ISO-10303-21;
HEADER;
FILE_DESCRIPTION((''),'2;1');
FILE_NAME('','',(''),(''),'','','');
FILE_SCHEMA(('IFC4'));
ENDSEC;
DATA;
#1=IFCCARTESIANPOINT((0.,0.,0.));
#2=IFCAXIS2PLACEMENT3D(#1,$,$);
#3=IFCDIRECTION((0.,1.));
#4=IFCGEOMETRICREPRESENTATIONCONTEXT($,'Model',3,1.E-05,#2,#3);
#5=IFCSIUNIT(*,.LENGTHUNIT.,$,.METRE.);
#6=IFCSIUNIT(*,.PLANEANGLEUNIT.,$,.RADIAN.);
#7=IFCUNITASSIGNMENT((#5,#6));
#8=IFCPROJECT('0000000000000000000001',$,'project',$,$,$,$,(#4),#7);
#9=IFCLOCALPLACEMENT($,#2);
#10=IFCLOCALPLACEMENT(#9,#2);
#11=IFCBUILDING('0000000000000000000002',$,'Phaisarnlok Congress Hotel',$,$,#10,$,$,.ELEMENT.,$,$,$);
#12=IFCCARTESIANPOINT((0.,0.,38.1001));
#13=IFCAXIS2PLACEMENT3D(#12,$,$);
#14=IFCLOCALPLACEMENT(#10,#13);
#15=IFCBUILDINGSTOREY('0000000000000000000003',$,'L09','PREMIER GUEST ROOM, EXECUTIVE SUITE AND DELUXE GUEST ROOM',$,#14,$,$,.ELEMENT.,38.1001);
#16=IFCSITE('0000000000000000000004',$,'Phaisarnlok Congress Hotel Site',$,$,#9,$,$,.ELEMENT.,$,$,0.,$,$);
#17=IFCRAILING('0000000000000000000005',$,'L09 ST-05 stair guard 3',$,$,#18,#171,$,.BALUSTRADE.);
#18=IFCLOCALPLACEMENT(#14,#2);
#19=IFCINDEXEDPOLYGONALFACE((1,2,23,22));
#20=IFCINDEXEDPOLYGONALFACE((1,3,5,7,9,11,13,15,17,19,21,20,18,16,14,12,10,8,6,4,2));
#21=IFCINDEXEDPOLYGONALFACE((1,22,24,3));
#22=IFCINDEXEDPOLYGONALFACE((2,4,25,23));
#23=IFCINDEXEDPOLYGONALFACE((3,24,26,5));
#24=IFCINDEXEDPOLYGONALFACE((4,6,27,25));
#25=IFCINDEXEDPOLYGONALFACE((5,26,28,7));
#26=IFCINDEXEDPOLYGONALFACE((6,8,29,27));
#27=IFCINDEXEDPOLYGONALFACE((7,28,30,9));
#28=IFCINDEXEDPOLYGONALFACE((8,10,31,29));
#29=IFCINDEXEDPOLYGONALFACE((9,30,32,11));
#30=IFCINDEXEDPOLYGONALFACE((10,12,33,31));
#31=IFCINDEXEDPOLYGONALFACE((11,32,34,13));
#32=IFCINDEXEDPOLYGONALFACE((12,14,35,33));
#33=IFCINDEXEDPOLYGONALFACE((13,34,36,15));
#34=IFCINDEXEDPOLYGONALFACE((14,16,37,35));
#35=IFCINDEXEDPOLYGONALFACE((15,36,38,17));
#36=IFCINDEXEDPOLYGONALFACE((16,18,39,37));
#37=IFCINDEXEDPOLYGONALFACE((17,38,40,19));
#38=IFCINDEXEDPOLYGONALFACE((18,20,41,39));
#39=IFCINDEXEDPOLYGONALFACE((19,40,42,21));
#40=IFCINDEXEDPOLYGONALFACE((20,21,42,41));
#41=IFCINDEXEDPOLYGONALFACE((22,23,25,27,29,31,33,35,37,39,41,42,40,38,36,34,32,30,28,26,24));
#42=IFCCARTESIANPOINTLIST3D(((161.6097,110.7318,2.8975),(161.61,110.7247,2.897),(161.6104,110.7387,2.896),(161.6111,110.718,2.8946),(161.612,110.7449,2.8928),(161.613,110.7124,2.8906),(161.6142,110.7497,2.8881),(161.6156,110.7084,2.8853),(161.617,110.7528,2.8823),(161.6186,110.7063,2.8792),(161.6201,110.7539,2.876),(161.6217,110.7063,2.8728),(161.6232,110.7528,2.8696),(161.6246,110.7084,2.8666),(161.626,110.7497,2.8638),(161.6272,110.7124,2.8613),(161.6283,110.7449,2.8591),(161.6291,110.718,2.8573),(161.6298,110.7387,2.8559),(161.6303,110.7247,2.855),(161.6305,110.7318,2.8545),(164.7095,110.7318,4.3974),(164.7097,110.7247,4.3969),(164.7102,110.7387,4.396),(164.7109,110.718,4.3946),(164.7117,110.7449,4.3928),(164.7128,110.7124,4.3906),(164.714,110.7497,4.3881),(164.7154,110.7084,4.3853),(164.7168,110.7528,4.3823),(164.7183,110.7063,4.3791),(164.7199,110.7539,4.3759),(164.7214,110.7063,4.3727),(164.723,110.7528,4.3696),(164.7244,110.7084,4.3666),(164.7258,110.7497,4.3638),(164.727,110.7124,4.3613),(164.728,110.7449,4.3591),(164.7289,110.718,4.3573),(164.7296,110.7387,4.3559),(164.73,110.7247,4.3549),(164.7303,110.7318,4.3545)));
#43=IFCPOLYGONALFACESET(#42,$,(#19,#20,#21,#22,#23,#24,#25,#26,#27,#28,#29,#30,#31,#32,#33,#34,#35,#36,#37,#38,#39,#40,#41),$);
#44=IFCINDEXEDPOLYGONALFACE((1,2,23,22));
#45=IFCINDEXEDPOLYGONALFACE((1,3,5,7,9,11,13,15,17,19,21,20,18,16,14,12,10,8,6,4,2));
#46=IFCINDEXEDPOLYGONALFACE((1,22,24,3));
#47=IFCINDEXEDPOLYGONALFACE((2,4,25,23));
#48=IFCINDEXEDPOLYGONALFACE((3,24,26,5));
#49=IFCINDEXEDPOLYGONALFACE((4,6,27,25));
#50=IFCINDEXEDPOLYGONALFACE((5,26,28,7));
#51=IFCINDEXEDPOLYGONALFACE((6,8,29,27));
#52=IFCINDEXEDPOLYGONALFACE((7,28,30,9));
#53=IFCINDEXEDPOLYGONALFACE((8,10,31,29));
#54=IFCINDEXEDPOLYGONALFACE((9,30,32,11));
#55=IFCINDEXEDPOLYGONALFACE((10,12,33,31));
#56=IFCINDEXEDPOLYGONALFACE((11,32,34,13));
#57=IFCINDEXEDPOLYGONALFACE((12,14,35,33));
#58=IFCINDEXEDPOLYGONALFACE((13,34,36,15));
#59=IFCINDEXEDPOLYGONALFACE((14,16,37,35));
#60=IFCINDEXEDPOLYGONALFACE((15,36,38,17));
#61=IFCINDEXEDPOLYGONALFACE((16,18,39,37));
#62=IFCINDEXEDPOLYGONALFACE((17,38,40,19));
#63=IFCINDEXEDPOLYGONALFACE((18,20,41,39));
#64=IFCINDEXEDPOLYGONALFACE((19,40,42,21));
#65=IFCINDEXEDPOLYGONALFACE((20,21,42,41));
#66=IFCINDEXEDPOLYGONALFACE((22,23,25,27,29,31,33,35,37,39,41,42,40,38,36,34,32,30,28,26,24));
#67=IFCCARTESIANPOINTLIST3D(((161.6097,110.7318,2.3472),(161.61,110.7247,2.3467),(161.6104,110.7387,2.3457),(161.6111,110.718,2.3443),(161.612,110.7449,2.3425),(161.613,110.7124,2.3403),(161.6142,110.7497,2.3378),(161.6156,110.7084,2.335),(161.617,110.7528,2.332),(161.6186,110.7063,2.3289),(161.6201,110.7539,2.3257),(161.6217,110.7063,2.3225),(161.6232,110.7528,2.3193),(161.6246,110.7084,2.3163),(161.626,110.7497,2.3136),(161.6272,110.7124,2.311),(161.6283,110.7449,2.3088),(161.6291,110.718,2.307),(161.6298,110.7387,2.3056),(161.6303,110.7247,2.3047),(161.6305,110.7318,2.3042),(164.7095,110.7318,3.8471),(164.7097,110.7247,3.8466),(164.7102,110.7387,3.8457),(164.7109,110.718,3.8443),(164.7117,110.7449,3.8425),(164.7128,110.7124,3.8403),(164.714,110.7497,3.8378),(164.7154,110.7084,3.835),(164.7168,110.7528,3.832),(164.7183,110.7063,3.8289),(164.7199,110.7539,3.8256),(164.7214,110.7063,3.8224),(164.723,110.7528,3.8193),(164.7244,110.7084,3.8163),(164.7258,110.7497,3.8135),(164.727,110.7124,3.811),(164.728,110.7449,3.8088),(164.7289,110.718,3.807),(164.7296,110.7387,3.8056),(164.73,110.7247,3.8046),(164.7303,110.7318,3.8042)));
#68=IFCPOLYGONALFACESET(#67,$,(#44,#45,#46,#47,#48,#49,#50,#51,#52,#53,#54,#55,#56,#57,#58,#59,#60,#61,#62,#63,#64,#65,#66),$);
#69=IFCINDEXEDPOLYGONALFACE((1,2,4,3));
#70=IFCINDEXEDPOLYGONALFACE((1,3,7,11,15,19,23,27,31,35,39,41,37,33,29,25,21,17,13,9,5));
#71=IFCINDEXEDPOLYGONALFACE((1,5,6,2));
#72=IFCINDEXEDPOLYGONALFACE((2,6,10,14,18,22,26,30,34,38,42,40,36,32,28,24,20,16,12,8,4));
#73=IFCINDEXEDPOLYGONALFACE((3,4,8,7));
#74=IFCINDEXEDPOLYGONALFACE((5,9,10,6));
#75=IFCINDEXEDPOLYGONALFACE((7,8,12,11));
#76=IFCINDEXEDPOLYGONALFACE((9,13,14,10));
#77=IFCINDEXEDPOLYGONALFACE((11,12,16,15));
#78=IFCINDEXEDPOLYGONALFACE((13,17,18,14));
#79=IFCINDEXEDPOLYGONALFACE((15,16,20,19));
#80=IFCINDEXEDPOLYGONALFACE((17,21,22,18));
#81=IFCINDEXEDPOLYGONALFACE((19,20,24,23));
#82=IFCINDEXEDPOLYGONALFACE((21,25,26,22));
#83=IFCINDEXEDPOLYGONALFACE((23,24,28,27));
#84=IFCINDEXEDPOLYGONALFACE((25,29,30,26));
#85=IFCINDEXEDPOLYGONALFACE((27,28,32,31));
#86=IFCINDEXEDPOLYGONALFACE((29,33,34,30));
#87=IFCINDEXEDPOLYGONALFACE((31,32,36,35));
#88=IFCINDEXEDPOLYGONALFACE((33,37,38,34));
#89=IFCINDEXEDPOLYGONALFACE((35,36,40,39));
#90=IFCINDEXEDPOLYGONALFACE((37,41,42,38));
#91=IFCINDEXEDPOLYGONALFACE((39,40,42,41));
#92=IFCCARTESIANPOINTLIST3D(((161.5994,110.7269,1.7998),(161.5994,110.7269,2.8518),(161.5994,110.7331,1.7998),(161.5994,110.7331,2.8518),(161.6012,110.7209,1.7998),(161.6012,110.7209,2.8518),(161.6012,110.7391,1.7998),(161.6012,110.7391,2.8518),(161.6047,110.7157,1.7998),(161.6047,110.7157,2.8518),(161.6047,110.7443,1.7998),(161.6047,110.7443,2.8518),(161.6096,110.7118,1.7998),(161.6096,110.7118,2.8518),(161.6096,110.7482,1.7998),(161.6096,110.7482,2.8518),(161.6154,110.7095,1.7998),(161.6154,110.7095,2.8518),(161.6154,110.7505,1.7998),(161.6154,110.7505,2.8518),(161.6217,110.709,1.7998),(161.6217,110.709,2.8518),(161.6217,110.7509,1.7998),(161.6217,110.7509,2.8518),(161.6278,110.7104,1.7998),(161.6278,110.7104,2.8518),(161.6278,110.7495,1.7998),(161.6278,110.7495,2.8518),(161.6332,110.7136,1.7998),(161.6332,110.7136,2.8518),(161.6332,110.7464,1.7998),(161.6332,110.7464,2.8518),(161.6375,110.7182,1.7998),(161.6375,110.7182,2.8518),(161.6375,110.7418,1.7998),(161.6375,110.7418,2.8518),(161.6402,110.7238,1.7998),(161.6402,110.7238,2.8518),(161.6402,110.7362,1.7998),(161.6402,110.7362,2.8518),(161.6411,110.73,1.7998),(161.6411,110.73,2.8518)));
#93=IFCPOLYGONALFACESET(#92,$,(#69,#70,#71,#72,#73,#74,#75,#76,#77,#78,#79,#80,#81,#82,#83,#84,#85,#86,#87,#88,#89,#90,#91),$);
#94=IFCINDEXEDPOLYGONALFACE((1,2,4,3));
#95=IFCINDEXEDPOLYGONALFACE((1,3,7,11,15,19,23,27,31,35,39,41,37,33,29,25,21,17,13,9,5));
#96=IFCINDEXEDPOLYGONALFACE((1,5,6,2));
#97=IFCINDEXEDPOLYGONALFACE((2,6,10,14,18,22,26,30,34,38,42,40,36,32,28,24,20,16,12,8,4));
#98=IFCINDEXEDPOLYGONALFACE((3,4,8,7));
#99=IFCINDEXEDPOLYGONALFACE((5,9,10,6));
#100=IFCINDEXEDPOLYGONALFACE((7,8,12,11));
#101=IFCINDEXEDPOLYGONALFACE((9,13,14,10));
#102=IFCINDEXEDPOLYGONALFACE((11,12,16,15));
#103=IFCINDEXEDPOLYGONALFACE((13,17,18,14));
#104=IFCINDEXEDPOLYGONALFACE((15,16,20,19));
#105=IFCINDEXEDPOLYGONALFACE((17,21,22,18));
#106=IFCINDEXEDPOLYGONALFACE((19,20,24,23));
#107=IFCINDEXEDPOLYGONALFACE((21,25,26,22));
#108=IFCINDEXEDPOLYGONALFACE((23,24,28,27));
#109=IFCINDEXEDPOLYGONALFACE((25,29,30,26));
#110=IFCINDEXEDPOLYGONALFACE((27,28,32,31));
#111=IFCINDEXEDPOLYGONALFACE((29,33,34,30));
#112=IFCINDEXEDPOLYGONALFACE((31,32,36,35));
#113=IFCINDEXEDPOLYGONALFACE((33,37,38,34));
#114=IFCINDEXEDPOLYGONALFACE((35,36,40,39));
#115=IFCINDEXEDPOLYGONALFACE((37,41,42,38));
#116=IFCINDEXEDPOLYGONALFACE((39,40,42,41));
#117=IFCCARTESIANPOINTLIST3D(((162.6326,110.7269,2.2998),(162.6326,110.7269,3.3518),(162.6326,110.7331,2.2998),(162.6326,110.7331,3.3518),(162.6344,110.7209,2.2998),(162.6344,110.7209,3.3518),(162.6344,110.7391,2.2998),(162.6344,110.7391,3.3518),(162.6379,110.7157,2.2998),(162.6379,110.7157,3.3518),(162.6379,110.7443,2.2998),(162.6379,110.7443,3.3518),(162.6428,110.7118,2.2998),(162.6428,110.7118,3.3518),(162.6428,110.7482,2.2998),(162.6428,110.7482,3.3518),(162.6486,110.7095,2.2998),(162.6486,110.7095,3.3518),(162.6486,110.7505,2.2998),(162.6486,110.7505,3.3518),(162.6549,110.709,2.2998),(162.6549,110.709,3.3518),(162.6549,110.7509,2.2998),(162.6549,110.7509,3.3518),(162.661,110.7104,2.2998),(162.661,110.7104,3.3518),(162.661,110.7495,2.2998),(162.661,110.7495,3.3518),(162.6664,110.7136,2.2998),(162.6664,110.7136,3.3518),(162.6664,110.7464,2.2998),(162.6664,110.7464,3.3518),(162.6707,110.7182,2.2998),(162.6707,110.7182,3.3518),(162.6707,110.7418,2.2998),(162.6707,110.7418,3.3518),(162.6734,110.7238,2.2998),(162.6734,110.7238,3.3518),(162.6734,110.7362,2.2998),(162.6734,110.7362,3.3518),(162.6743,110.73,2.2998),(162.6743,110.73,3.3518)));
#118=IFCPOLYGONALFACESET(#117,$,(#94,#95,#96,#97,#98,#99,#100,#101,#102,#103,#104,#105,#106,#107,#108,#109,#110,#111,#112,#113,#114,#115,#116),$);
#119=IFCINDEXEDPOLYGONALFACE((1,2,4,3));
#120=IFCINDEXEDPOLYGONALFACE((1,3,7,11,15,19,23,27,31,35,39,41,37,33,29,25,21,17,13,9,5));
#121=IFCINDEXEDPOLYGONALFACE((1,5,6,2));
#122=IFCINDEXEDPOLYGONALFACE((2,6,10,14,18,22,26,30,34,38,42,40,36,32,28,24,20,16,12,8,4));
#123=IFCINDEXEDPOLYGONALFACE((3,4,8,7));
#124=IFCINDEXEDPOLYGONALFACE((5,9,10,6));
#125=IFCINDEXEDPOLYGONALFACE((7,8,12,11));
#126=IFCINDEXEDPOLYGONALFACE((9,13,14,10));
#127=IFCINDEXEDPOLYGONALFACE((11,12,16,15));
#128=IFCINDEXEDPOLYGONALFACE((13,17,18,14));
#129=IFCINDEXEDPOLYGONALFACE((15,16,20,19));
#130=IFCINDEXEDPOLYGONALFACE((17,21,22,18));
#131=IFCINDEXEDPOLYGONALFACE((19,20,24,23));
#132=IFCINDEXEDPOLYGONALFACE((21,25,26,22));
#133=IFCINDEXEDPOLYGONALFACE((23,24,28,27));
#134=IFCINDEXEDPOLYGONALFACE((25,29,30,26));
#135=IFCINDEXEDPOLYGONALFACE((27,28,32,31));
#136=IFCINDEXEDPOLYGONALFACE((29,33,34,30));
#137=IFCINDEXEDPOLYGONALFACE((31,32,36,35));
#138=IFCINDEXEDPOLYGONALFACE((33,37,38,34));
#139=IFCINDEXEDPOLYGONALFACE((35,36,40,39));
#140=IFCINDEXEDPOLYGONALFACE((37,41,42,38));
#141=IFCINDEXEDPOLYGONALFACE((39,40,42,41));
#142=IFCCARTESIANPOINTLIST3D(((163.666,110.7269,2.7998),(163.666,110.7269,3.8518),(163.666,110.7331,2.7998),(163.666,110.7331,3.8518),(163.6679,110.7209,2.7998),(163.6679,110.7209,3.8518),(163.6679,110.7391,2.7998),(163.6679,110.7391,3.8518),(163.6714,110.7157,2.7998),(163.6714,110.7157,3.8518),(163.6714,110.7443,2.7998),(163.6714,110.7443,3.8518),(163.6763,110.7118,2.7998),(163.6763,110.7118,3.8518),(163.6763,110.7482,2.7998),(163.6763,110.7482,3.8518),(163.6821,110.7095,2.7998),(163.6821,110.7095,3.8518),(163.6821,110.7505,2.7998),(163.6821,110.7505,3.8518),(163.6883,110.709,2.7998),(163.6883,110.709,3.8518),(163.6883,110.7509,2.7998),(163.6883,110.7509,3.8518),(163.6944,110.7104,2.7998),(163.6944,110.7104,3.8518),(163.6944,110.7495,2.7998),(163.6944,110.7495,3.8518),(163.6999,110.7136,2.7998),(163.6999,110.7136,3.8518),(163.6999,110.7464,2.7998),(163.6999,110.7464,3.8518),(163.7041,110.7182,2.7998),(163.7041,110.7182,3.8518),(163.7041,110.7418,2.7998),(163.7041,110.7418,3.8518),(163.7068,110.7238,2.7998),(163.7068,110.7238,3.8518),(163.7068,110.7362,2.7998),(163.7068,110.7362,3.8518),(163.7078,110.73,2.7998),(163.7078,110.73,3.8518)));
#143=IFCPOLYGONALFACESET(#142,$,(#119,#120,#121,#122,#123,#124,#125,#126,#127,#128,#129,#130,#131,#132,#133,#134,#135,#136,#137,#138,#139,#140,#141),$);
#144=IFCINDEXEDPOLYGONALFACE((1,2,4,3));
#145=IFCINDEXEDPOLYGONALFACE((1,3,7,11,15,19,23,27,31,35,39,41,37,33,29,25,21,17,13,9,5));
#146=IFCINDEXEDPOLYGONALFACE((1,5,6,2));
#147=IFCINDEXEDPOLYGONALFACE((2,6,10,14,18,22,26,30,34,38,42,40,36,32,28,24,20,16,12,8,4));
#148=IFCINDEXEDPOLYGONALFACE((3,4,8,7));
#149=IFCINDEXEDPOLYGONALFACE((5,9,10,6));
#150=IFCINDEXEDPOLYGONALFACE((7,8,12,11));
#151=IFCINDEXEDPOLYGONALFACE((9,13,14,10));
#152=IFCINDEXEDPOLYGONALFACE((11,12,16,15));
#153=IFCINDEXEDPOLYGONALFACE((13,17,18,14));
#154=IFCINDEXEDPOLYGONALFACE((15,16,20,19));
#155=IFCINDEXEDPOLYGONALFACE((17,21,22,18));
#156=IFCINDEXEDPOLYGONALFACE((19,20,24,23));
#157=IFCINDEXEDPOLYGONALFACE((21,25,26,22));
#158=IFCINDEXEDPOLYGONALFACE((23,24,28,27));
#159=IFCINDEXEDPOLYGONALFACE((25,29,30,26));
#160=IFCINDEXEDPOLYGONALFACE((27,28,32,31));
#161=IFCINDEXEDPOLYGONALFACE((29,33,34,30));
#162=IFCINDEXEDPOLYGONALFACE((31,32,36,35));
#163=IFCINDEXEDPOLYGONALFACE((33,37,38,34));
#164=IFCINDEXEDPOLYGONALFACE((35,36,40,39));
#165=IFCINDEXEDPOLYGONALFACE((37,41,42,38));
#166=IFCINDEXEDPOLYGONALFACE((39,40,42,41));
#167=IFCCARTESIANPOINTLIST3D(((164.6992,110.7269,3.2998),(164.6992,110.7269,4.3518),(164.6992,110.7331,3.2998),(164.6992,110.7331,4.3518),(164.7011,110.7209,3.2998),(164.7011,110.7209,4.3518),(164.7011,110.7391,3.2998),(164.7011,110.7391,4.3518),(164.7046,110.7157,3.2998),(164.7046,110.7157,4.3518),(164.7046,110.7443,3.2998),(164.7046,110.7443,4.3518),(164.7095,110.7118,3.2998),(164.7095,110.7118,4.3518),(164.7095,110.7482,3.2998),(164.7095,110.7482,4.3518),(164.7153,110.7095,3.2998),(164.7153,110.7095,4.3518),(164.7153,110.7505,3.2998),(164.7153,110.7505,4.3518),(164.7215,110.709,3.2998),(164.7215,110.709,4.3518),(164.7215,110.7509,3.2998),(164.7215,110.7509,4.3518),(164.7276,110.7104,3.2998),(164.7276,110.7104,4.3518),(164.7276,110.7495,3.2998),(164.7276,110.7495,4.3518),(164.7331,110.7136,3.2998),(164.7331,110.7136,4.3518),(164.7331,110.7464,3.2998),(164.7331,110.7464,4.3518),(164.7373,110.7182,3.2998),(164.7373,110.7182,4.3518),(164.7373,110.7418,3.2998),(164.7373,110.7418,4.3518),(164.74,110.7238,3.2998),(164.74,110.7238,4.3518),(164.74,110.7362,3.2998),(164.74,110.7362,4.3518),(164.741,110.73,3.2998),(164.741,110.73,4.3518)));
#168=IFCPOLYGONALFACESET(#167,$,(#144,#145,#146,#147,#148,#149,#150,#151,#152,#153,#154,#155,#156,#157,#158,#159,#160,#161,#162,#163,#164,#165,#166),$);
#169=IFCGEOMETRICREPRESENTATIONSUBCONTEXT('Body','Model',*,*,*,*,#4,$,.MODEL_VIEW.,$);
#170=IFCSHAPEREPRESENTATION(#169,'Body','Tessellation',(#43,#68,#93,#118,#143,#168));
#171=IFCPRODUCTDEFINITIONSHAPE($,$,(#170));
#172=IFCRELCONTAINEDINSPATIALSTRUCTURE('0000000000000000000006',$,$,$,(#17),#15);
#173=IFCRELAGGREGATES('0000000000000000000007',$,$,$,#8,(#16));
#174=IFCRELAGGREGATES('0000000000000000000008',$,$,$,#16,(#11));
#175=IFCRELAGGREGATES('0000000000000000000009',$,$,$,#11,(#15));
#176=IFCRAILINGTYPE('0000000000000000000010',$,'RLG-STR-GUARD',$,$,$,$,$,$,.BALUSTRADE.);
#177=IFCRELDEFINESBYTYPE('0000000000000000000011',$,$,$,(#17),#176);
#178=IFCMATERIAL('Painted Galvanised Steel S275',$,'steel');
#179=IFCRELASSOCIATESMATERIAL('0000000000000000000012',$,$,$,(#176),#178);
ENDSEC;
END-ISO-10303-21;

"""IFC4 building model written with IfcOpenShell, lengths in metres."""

from ifc_helpers import new_model, si_unit, direction, frame, origin, origin_2d, place, context, subcontext, project, spatial, circle, extrude, material, type_object, element, save


model = new_model("IFC4")

# Units and contexts
model_context = context("Model", 3, precision=1e-05, world=origin(), true_north=direction((0.0, 1.0)))
body_context = subcontext(model_context, "Body", "Model", "MODEL_VIEW")
ifc_project = project(units=[si_unit("LENGTHUNIT", "METRE"), si_unit("PLANEANGLEUNIT", "RADIAN")], contexts=[model_context])

# Site, building, storey
site_placement = place(None, origin())
site = spatial("IfcSite", under=ifc_project, at=site_placement, Name="Phaisarnlok Congress Hotel Site", CompositionType="ELEMENT", RefElevation=0.0)
building_placement = place(site_placement, origin())
building = spatial("IfcBuilding", under=site, at=building_placement, Name="Phaisarnlok Congress Hotel", CompositionType="ELEMENT")
storey_placement = place(building_placement, frame((0.0, 0.0, 38.1001)))
storey = spatial("IfcBuildingStorey", under=building, at=storey_placement, Name="L09", Description="PREMIER GUEST ROOM, EXECUTIVE SUITE AND DELUXE GUEST ROOM", CompositionType="ELEMENT", Elevation=38.1001)

# Railing
ifc_material_1 = material(Name="Painted Galvanised Steel S275", Category="steel")
railing_type_1 = type_object("IfcRailingType", Name="RLG-STR-GUARD", PredefinedType="BALUSTRADE", material=ifc_material_1)
railing_1_placement = place(storey_placement, frame((161.6201, 110.73, 1.7998)))
element("IfcRailing", 1, at=railing_1_placement, inside=storey, type_object=railing_type_1, Name="L09 ST-05 stair guard 3", PredefinedType="BALUSTRADE", context=body_context, shape_type="SweptSolid", body=[
    extrude(circle(Radius=0.0239, at=origin_2d()), frame((0.0, 0.0, 1.0762), z_axis=(0.900151, 0.0, 0.435578), x_axis=(0.0, 1.0, 0.0)), (0.0, 0.0, 1.0), 3.4436),
    extrude(circle(Radius=0.0239, at=origin_2d()), frame((0.0, 0.0, 0.5259), z_axis=(0.900151, 0.0, 0.435578), x_axis=(0.0, 1.0, 0.0)), (0.0, 0.0, 1.0), 3.4436),
    extrude(circle(Radius=0.021, at=origin_2d()), origin(), (0.0, 0.0, 1.0), 1.052),
    extrude(circle(Radius=0.021, at=origin_2d()), frame((1.0332, 0.0, 0.5)), (0.0, 0.0, 1.0), 1.052),
    extrude(circle(Radius=0.021, at=origin_2d()), frame((2.0667, 0.0, 1.0)), (0.0, 0.0, 1.0), 1.052),
    extrude(circle(Radius=0.021, at=origin_2d()), frame((3.0999, 0.0, 1.5)), (0.0, 0.0, 1.0), 1.052),
])

save(model, "model.ifc")
